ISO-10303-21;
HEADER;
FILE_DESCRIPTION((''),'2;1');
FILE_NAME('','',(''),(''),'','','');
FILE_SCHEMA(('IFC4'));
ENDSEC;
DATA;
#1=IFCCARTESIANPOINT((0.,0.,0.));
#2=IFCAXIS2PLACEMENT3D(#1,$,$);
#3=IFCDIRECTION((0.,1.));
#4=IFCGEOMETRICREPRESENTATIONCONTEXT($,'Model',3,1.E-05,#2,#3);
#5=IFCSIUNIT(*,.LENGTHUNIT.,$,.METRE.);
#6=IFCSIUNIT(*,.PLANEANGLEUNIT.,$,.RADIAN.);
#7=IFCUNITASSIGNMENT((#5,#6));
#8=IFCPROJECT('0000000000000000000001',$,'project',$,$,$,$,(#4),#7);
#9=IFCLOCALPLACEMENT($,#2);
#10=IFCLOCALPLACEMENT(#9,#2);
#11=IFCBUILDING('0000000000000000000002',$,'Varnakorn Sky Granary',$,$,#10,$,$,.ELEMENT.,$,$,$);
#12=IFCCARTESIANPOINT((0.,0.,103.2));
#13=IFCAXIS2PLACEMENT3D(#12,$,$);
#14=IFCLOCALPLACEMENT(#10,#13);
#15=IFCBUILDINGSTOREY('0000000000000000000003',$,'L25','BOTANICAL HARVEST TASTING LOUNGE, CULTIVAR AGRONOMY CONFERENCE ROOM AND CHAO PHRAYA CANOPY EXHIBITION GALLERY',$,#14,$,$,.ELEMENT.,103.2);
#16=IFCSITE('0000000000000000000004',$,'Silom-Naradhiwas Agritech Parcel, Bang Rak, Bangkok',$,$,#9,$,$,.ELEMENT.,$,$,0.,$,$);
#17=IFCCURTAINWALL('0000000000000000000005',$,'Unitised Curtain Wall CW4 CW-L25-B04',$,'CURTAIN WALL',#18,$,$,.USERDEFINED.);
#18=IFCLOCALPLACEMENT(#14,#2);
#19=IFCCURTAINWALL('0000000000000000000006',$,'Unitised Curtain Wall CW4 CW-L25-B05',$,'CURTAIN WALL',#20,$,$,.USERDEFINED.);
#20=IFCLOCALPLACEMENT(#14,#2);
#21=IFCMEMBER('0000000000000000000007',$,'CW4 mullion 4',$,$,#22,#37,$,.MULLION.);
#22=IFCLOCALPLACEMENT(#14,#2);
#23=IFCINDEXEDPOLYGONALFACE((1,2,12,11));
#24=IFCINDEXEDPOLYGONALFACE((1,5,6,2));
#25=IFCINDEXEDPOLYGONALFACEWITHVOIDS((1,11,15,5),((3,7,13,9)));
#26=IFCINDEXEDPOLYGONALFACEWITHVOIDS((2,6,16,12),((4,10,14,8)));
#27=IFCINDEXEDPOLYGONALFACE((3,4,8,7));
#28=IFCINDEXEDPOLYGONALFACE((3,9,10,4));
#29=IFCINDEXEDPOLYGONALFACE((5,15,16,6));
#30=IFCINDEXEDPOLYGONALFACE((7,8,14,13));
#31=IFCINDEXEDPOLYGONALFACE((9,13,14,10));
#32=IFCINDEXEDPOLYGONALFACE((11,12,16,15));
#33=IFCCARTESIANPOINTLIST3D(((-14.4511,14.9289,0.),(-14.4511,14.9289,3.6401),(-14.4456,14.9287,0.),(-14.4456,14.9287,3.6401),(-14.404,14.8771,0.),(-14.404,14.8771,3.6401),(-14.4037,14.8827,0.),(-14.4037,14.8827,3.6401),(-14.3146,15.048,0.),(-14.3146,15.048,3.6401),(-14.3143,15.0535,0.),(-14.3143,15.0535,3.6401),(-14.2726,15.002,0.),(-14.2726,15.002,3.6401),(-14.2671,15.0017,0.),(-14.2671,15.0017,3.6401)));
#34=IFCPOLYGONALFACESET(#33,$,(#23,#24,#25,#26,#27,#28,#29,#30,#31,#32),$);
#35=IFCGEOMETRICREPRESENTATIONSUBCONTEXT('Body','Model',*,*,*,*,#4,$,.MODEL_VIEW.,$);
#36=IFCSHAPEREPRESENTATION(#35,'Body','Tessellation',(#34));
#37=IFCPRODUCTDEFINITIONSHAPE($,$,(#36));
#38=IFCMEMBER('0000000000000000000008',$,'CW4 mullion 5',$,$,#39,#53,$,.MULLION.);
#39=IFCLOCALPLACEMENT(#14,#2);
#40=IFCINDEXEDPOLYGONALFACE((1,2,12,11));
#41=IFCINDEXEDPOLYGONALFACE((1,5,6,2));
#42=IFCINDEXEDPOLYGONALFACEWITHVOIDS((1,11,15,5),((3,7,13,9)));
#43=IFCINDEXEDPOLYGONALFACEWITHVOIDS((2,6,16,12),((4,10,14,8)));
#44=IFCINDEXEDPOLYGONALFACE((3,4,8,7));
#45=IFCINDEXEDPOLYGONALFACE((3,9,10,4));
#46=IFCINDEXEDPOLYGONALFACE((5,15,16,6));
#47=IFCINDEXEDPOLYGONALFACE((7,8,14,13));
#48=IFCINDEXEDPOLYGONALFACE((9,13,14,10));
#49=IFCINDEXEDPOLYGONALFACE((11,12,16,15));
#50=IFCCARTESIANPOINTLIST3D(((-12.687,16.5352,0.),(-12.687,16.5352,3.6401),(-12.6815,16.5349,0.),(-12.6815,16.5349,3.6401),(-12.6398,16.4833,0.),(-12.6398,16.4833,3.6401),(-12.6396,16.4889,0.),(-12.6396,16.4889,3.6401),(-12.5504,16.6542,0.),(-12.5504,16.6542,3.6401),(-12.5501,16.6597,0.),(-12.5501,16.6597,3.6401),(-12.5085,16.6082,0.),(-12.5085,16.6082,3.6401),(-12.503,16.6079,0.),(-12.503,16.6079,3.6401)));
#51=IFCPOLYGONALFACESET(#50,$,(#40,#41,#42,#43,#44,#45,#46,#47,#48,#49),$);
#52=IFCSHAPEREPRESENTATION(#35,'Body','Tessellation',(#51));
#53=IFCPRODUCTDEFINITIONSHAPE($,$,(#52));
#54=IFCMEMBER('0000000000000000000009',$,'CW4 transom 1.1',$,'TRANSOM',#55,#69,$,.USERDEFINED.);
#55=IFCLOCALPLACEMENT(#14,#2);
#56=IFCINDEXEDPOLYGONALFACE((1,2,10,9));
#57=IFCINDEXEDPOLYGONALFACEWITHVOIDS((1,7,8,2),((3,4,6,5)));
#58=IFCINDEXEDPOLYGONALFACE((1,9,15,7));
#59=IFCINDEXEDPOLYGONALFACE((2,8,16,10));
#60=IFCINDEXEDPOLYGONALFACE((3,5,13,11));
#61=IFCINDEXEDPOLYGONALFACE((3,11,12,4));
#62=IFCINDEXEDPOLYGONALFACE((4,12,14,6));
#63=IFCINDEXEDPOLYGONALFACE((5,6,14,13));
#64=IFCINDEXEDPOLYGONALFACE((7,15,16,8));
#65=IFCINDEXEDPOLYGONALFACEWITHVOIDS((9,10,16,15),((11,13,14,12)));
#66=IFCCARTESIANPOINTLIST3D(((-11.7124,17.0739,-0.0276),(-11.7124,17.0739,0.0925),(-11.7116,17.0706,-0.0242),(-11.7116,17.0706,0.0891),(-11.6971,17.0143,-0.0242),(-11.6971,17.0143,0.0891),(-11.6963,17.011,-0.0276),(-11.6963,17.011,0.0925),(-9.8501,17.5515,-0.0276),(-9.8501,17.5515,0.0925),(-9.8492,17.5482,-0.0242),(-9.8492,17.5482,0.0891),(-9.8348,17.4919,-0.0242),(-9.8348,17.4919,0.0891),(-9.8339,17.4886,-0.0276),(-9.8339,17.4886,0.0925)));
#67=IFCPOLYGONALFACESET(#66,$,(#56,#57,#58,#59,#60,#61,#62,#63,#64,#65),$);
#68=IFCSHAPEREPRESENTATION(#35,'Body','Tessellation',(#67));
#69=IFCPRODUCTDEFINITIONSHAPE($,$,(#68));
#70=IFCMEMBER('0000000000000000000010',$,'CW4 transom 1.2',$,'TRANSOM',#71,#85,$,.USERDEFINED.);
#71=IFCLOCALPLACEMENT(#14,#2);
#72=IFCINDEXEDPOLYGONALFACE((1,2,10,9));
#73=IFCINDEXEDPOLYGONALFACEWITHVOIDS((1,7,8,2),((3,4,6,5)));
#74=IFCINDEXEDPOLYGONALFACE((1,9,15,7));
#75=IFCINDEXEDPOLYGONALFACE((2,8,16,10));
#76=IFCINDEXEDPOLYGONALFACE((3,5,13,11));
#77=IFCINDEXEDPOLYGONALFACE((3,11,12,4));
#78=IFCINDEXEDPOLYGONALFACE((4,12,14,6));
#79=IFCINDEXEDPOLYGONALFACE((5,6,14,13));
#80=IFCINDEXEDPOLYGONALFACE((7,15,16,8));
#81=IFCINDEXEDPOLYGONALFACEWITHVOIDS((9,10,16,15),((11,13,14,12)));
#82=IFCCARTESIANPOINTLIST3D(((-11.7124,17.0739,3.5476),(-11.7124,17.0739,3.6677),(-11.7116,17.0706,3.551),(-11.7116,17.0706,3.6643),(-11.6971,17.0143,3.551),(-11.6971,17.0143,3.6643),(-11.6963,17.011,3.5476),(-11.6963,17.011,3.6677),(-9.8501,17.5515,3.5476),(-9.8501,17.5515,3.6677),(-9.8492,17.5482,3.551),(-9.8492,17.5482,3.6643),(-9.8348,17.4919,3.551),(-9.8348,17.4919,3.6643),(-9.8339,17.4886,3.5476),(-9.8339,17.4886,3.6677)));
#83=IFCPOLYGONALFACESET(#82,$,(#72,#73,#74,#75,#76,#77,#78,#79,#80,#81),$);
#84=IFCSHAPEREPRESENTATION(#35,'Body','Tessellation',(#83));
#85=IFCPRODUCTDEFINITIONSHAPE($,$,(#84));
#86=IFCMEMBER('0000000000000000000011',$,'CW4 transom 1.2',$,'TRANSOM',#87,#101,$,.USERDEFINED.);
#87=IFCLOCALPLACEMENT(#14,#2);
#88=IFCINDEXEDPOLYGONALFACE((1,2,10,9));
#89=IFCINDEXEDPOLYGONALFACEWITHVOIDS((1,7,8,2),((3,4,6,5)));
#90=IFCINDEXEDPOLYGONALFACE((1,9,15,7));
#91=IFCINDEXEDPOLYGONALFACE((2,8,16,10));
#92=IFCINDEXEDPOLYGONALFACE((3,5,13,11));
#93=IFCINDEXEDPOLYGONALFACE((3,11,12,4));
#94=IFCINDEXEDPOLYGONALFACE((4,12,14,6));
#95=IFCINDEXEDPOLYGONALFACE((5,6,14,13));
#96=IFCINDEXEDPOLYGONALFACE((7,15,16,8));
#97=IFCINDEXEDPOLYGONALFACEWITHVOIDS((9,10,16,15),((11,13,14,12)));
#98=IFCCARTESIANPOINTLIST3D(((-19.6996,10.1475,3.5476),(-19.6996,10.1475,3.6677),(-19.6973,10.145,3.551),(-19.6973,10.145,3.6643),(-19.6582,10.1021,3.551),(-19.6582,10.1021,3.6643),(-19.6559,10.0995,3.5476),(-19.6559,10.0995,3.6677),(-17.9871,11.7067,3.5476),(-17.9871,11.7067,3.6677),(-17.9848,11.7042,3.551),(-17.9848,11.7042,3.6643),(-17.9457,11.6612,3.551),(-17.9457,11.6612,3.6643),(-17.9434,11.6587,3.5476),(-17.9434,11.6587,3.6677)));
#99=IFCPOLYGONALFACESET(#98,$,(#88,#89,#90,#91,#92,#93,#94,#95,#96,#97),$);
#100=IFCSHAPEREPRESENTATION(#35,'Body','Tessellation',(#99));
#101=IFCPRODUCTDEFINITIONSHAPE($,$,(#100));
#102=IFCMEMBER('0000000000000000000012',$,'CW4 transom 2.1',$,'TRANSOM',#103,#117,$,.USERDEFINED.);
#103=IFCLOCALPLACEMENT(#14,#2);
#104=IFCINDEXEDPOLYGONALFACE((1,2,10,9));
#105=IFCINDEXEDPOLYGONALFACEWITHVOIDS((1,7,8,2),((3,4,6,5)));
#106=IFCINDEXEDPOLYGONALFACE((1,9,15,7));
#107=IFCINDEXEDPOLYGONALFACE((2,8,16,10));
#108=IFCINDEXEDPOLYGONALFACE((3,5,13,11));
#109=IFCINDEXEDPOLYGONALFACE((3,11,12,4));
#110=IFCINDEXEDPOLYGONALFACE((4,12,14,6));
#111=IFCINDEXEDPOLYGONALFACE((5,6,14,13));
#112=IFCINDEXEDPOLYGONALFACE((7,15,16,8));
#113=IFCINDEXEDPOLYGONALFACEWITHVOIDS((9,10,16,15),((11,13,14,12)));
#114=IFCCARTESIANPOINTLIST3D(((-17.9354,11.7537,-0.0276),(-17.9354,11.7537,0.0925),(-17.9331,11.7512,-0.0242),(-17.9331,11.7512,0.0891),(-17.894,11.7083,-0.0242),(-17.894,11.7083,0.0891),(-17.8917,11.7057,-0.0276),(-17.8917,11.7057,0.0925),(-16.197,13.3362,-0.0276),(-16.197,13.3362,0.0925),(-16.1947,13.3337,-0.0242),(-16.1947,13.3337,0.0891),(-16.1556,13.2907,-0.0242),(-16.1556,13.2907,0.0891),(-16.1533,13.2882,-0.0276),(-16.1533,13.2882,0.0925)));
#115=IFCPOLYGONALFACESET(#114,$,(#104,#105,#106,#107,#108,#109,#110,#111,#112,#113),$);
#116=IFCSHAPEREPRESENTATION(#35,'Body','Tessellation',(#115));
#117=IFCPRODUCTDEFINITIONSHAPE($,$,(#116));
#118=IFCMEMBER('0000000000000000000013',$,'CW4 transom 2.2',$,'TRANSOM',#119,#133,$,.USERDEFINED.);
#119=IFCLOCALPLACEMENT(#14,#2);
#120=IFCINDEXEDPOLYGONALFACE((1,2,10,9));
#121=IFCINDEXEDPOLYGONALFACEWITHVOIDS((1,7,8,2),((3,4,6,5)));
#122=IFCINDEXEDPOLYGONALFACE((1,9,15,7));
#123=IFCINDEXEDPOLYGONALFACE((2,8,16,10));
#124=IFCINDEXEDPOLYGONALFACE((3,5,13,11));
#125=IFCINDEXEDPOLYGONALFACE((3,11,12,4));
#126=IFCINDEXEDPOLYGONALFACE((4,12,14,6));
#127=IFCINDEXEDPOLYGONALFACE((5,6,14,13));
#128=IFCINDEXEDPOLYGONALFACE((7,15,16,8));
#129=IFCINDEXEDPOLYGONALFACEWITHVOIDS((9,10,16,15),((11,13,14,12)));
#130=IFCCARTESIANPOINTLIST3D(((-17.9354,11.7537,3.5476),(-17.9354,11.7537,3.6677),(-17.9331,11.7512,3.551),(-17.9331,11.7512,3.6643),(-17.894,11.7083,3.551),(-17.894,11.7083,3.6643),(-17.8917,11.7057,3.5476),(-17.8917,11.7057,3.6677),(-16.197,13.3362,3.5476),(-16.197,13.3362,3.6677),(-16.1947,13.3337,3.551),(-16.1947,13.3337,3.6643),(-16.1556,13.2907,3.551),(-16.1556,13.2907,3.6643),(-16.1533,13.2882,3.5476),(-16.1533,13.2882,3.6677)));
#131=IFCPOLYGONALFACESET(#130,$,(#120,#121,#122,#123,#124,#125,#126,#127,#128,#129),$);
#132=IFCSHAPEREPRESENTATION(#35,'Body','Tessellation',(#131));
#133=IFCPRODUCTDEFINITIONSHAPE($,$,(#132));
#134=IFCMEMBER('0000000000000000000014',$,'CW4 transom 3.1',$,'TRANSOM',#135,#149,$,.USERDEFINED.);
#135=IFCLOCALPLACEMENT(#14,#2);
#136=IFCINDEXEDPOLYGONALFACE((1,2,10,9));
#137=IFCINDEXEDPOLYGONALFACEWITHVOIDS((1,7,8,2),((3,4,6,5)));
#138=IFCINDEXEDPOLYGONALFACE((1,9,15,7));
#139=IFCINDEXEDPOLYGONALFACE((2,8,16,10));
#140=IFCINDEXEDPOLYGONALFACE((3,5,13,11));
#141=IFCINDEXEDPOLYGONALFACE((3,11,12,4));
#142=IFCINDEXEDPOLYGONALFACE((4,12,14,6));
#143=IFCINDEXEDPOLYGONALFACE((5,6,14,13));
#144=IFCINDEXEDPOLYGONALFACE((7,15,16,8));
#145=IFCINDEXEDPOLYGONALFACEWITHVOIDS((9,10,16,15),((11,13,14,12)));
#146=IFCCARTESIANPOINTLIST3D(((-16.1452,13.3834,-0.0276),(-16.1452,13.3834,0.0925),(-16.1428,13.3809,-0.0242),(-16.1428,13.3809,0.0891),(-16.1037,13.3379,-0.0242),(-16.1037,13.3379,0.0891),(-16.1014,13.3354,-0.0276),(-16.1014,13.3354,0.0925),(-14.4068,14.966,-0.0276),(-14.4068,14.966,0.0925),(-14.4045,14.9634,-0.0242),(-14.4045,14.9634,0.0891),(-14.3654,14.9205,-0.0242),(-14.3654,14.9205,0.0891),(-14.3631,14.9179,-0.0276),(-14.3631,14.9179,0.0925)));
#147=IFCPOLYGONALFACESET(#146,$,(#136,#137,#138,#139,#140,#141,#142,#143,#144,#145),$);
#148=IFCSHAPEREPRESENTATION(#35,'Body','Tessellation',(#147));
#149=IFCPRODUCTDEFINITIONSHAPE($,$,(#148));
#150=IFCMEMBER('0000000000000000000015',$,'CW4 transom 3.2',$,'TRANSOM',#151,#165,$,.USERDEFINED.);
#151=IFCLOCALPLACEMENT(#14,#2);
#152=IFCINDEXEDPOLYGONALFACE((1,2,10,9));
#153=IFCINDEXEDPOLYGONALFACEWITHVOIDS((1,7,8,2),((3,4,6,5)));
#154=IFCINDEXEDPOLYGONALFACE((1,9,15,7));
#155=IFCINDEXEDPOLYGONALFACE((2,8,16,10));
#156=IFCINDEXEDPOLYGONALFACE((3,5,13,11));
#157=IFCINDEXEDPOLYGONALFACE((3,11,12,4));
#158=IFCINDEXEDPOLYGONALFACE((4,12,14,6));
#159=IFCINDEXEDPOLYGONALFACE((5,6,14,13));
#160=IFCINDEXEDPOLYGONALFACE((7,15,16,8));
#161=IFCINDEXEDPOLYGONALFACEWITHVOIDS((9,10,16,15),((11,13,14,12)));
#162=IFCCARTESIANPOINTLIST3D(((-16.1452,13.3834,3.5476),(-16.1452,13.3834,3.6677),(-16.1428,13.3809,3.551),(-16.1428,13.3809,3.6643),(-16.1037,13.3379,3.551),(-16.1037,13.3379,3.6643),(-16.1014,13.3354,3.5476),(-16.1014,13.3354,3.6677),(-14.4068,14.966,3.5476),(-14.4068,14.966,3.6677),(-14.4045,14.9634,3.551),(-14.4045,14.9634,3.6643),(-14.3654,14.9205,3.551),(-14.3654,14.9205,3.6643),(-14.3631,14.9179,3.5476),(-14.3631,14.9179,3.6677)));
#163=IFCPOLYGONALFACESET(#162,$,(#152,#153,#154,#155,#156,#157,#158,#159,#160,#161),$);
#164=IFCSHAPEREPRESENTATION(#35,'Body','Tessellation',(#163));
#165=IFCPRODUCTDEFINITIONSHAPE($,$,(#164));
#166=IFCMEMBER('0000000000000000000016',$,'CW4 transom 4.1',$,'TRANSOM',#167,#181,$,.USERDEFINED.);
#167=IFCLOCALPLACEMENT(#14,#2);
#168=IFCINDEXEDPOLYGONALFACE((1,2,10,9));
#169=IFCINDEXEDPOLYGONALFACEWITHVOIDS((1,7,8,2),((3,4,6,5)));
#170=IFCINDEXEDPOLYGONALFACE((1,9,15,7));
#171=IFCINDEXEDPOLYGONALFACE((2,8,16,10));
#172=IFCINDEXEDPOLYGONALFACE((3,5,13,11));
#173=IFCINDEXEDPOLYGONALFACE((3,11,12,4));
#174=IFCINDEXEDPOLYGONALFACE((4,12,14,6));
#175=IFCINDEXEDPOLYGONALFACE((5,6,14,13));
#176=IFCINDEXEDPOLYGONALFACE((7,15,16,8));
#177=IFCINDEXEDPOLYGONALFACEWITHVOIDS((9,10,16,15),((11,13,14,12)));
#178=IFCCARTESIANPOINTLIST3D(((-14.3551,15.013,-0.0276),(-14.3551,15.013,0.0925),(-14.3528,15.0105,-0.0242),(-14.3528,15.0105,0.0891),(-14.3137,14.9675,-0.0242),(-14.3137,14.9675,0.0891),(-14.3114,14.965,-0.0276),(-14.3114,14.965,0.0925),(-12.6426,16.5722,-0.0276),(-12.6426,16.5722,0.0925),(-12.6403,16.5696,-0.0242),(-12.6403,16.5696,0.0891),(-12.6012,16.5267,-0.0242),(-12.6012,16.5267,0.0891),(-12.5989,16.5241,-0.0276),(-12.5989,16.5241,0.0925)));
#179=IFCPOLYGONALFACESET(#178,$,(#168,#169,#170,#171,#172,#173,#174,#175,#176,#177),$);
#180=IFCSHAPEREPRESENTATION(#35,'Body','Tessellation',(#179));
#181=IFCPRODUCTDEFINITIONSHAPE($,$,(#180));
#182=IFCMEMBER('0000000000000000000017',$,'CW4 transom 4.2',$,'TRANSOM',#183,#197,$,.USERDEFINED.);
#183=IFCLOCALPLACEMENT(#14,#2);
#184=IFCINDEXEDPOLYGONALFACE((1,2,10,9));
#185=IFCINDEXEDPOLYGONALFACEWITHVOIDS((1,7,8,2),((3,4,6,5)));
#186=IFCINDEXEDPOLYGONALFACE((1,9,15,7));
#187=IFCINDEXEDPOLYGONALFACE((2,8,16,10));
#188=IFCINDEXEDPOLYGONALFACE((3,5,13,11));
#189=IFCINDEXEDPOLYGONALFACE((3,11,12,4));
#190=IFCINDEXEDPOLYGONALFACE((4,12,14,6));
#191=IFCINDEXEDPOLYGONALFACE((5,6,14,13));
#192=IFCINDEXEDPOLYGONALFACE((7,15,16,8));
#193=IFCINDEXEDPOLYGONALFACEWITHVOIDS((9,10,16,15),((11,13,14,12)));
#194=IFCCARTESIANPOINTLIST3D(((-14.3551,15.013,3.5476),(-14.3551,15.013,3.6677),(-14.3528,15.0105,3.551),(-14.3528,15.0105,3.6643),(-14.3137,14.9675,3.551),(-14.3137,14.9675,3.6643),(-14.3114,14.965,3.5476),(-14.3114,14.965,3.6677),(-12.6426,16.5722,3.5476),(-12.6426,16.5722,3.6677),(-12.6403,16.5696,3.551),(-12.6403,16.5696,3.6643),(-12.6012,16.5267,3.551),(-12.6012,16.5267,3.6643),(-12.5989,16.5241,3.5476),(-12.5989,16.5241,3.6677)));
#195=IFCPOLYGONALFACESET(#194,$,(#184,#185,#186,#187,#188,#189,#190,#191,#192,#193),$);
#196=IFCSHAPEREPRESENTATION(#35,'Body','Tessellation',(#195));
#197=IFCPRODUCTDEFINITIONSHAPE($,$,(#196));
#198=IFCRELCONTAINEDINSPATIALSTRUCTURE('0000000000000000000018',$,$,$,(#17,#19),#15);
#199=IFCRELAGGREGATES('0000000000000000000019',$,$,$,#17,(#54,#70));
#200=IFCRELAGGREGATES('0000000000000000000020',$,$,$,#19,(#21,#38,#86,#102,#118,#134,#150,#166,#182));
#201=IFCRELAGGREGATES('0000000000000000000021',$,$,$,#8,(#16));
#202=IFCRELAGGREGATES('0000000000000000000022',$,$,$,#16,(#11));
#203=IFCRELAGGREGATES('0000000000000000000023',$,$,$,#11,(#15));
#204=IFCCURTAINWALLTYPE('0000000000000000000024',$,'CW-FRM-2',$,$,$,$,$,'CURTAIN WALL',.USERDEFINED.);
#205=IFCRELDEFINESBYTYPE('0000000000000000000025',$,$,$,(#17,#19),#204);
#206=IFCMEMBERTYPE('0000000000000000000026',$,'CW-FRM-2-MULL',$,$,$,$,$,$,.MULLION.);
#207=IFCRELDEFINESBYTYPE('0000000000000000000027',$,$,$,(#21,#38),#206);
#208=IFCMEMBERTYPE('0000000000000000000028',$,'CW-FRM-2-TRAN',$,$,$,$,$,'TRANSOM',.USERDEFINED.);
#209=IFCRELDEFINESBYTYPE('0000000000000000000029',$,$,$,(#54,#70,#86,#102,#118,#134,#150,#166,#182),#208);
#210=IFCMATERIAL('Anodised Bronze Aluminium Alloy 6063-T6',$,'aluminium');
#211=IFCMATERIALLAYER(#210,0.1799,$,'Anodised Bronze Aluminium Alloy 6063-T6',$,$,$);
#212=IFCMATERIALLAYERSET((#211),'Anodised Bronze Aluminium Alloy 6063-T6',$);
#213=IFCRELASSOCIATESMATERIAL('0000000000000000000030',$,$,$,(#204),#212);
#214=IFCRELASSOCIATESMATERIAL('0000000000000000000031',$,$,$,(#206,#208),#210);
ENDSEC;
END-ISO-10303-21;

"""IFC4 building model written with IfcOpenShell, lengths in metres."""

from ifc_helpers import new_model, si_unit, direction, frame, origin, origin_2d, place, context, subcontext, project, spatial, hollow_rectangle, extrude, material, layer, layer_set, material_profile, profile_set, type_object, element, aggregate, save


model = new_model("IFC4")

# Units and contexts
model_context = context("Model", 3, precision=1e-05, world=origin(), true_north=direction((0.0, 1.0)))
body_context = subcontext(model_context, "Body", "Model", "MODEL_VIEW")
ifc_project = project(units=[si_unit("LENGTHUNIT", "METRE"), si_unit("PLANEANGLEUNIT", "RADIAN")], contexts=[model_context])

# Site, building, storey
site_placement = place(None, origin())
site = spatial("IfcSite", under=ifc_project, at=site_placement, Name="Silom-Naradhiwas Agritech Parcel, Bang Rak, Bangkok", CompositionType="ELEMENT", RefElevation=0.0)
building_placement = place(site_placement, origin())
building = spatial("IfcBuilding", under=site, at=building_placement, Name="Varnakorn Sky Granary", CompositionType="ELEMENT")
storey_placement = place(building_placement, frame((0.0, 0.0, 103.2)))
storey = spatial("IfcBuildingStorey", under=building, at=storey_placement, Name="L25", Description="BOTANICAL HARVEST TASTING LOUNGE, CULTIVAR AGRONOMY CONFERENCE ROOM AND CHAO PHRAYA CANOPY EXHIBITION GALLERY", CompositionType="ELEMENT", Elevation=103.2)

# Curtain wall
ifc_material_1 = material(Name="Anodised Bronze Aluminium Alloy 6063-T6", Category="aluminium")
ifc_layer_1 = layer(ifc_material_1, 0.1799, Name="Anodised Bronze Aluminium Alloy 6063-T6")
ifc_layer_set_1 = layer_set([ifc_layer_1], Name="Anodised Bronze Aluminium Alloy 6063-T6")
curtain_wall_type = type_object("IfcCurtainWallType", Name="CW-FRM-2", ElementType="CURTAIN WALL", PredefinedType="USERDEFINED", material=ifc_layer_set_1)
curtain_wall_1_placement = place(storey_placement, origin())
curtain_wall_1 = element("IfcCurtainWall", 1, at=curtain_wall_1_placement, inside=storey, type_object=curtain_wall_type, Name="Unitised Curtain Wall CW4 CW-L25-B04", ObjectType="CURTAIN WALL", PredefinedType="USERDEFINED")
ifc_material_profile_1 = material_profile(ifc_material_1, hollow_rectangle(XDim=0.0701, YDim=0.1851, WallThickness=0.0039, at=origin_2d()), Name="ALU MULL 70x185")
ifc_profile_set_1 = profile_set([ifc_material_profile_1], Name="Anodised Bronze Aluminium Alloy 6063-T6")
member_type_1 = type_object("IfcMemberType", Name="CW-FRM-2-MULL", PredefinedType="MULLION", material=ifc_profile_set_1)

# Curtain wall, members
curtain_wall_2_placement = place(storey_placement, origin())
curtain_wall_2 = element("IfcCurtainWall", 2, at=curtain_wall_2_placement, inside=storey, type_object=curtain_wall_type, Name="Unitised Curtain Wall CW4 CW-L25-B05", ObjectType="CURTAIN WALL", PredefinedType="USERDEFINED")
member_1_placement = place(storey_placement, frame((-14.3591, 14.9653, 0.0), z_axis=(0.0, 0.0, 1.0), x_axis=(-0.673185, 0.739474, 0.0)))
member_1 = element("IfcMember", 3, at=member_1_placement, type_object=member_type_1, Name="CW4 mullion 4", PredefinedType="MULLION", context=body_context, shape_type="SweptSolid", body=[
    extrude(hollow_rectangle(XDim=0.0701, YDim=0.1851, WallThickness=0.0039, at=origin_2d()), origin(), (0.0, 0.0, 1.0), 3.6401),
])
member_2_placement = place(storey_placement, frame((-12.595, 16.5715, 0.0), z_axis=(0.0, 0.0, 1.0), x_axis=(-0.673185, 0.739474, 0.0)))
member_2 = element("IfcMember", 4, at=member_2_placement, type_object=member_type_1, Name="CW4 mullion 5", PredefinedType="MULLION", context=body_context, shape_type="SweptSolid", body=[
    extrude(hollow_rectangle(XDim=0.0701, YDim=0.1851, WallThickness=0.0039, at=origin_2d()), origin(), (0.0, 0.0, 1.0), 3.6401),
])

# Members
ifc_material_profile_2 = material_profile(ifc_material_1, hollow_rectangle(XDim=0.0649, YDim=0.1201, WallThickness=0.0034, at=origin_2d()), Name="ALU TRAN 65x120")
ifc_profile_set_2 = profile_set([ifc_material_profile_2], Name="Anodised Bronze Aluminium Alloy 6063-T6")
member_type_2 = type_object("IfcMemberType", Name="CW-FRM-2-TRAN", ElementType="TRANSOM", PredefinedType="USERDEFINED", material=ifc_profile_set_2)
member_3_placement = place(storey_placement, frame((-11.7043, 17.0425, 0.0325), z_axis=(0.968661, 0.248388, 0.0), x_axis=(-0.248388, 0.968661, 0.0)))
member_3 = element("IfcMember", 5, at=member_3_placement, type_object=member_type_2, Name="CW4 transom 1.1", ObjectType="TRANSOM", PredefinedType="USERDEFINED", context=body_context, shape_type="SweptSolid", body=[
    extrude(hollow_rectangle(XDim=0.0649, YDim=0.1201, WallThickness=0.0034, at=origin_2d()), origin(), (0.0, 0.0, 1.0), 1.9226),
])
member_4_placement = place(storey_placement, frame((-11.7043, 17.0425, 3.6077), z_axis=(0.968661, 0.248388, 0.0), x_axis=(-0.248388, 0.968661, 0.0)))
member_4 = element("IfcMember", 6, at=member_4_placement, type_object=member_type_2, Name="CW4 transom 1.2", ObjectType="TRANSOM", PredefinedType="USERDEFINED", context=body_context, shape_type="SweptSolid", body=[
    extrude(hollow_rectangle(XDim=0.0649, YDim=0.1201, WallThickness=0.0034, at=origin_2d()), origin(), (0.0, 0.0, 1.0), 1.9226),
])
aggregate(curtain_wall_1, [member_3, member_4])
member_5_placement = place(storey_placement, frame((-19.6777, 10.1235, 3.6077), z_axis=(0.739434, 0.673229, 0.0), x_axis=(-0.673229, 0.739434, 0.0)))
member_5 = element("IfcMember", 7, at=member_5_placement, type_object=member_type_2, Name="CW4 transom 1.2", ObjectType="TRANSOM", PredefinedType="USERDEFINED", context=body_context, shape_type="SweptSolid", body=[
    extrude(hollow_rectangle(XDim=0.0649, YDim=0.1201, WallThickness=0.0034, at=origin_2d()), origin(), (0.0, 0.0, 1.0), 2.3159),
])
member_6_placement = place(storey_placement, frame((-17.9136, 11.7297, 0.0325), z_axis=(0.739508, 0.673148, 0.0), x_axis=(-0.673148, 0.739508, 0.0)))
member_6 = element("IfcMember", 8, at=member_6_placement, type_object=member_type_2, Name="CW4 transom 2.1", ObjectType="TRANSOM", PredefinedType="USERDEFINED", context=body_context, shape_type="SweptSolid", body=[
    extrude(hollow_rectangle(XDim=0.0649, YDim=0.1201, WallThickness=0.0034, at=origin_2d()), origin(), (0.0, 0.0, 1.0), 2.3508),
])
member_7_placement = place(storey_placement, frame((-17.9136, 11.7297, 3.6077), z_axis=(0.739508, 0.673148, 0.0), x_axis=(-0.673148, 0.739508, 0.0)))
member_7 = element("IfcMember", 9, at=member_7_placement, type_object=member_type_2, Name="CW4 transom 2.2", ObjectType="TRANSOM", PredefinedType="USERDEFINED", context=body_context, shape_type="SweptSolid", body=[
    extrude(hollow_rectangle(XDim=0.0649, YDim=0.1201, WallThickness=0.0034, at=origin_2d()), origin(), (0.0, 0.0, 1.0), 2.3508),
])
member_8_placement = place(storey_placement, frame((-16.1233, 13.3594, 0.0325), z_axis=(0.739461, 0.6732, 0.0), x_axis=(-0.6732, 0.739461, 0.0)))
member_8 = element("IfcMember", 10, at=member_8_placement, type_object=member_type_2, Name="CW4 transom 3.1", ObjectType="TRANSOM", PredefinedType="USERDEFINED", context=body_context, shape_type="SweptSolid", body=[
    extrude(hollow_rectangle(XDim=0.0649, YDim=0.1201, WallThickness=0.0034, at=origin_2d()), origin(), (0.0, 0.0, 1.0), 2.3508),
])
member_9_placement = place(storey_placement, frame((-16.1233, 13.3594, 3.6077), z_axis=(0.739461, 0.6732, 0.0), x_axis=(-0.6732, 0.739461, 0.0)))
member_9 = element("IfcMember", 11, at=member_9_placement, type_object=member_type_2, Name="CW4 transom 3.2", ObjectType="TRANSOM", PredefinedType="USERDEFINED", context=body_context, shape_type="SweptSolid", body=[
    extrude(hollow_rectangle(XDim=0.0649, YDim=0.1201, WallThickness=0.0034, at=origin_2d()), origin(), (0.0, 0.0, 1.0), 2.3508),
])
member_10_placement = place(storey_placement, frame((-14.3333, 14.989, 0.0325), z_axis=(0.739434, 0.673229, 0.0), x_axis=(-0.673229, 0.739434, 0.0)))
member_10 = element("IfcMember", 12, at=member_10_placement, type_object=member_type_2, Name="CW4 transom 4.1", ObjectType="TRANSOM", PredefinedType="USERDEFINED", context=body_context, shape_type="SweptSolid", body=[
    extrude(hollow_rectangle(XDim=0.0649, YDim=0.1201, WallThickness=0.0034, at=origin_2d()), origin(), (0.0, 0.0, 1.0), 2.3159),
])
member_11_placement = place(storey_placement, frame((-14.3333, 14.989, 3.6077), z_axis=(0.739434, 0.673229, 0.0), x_axis=(-0.673229, 0.739434, 0.0)))
member_11 = element("IfcMember", 13, at=member_11_placement, type_object=member_type_2, Name="CW4 transom 4.2", ObjectType="TRANSOM", PredefinedType="USERDEFINED", context=body_context, shape_type="SweptSolid", body=[
    extrude(hollow_rectangle(XDim=0.0649, YDim=0.1201, WallThickness=0.0034, at=origin_2d()), origin(), (0.0, 0.0, 1.0), 2.3159),
])

aggregate(curtain_wall_2, [member_1, member_2, member_5, member_6, member_7, member_8, member_9, member_10, member_11])

save(model, "model.ifc")
